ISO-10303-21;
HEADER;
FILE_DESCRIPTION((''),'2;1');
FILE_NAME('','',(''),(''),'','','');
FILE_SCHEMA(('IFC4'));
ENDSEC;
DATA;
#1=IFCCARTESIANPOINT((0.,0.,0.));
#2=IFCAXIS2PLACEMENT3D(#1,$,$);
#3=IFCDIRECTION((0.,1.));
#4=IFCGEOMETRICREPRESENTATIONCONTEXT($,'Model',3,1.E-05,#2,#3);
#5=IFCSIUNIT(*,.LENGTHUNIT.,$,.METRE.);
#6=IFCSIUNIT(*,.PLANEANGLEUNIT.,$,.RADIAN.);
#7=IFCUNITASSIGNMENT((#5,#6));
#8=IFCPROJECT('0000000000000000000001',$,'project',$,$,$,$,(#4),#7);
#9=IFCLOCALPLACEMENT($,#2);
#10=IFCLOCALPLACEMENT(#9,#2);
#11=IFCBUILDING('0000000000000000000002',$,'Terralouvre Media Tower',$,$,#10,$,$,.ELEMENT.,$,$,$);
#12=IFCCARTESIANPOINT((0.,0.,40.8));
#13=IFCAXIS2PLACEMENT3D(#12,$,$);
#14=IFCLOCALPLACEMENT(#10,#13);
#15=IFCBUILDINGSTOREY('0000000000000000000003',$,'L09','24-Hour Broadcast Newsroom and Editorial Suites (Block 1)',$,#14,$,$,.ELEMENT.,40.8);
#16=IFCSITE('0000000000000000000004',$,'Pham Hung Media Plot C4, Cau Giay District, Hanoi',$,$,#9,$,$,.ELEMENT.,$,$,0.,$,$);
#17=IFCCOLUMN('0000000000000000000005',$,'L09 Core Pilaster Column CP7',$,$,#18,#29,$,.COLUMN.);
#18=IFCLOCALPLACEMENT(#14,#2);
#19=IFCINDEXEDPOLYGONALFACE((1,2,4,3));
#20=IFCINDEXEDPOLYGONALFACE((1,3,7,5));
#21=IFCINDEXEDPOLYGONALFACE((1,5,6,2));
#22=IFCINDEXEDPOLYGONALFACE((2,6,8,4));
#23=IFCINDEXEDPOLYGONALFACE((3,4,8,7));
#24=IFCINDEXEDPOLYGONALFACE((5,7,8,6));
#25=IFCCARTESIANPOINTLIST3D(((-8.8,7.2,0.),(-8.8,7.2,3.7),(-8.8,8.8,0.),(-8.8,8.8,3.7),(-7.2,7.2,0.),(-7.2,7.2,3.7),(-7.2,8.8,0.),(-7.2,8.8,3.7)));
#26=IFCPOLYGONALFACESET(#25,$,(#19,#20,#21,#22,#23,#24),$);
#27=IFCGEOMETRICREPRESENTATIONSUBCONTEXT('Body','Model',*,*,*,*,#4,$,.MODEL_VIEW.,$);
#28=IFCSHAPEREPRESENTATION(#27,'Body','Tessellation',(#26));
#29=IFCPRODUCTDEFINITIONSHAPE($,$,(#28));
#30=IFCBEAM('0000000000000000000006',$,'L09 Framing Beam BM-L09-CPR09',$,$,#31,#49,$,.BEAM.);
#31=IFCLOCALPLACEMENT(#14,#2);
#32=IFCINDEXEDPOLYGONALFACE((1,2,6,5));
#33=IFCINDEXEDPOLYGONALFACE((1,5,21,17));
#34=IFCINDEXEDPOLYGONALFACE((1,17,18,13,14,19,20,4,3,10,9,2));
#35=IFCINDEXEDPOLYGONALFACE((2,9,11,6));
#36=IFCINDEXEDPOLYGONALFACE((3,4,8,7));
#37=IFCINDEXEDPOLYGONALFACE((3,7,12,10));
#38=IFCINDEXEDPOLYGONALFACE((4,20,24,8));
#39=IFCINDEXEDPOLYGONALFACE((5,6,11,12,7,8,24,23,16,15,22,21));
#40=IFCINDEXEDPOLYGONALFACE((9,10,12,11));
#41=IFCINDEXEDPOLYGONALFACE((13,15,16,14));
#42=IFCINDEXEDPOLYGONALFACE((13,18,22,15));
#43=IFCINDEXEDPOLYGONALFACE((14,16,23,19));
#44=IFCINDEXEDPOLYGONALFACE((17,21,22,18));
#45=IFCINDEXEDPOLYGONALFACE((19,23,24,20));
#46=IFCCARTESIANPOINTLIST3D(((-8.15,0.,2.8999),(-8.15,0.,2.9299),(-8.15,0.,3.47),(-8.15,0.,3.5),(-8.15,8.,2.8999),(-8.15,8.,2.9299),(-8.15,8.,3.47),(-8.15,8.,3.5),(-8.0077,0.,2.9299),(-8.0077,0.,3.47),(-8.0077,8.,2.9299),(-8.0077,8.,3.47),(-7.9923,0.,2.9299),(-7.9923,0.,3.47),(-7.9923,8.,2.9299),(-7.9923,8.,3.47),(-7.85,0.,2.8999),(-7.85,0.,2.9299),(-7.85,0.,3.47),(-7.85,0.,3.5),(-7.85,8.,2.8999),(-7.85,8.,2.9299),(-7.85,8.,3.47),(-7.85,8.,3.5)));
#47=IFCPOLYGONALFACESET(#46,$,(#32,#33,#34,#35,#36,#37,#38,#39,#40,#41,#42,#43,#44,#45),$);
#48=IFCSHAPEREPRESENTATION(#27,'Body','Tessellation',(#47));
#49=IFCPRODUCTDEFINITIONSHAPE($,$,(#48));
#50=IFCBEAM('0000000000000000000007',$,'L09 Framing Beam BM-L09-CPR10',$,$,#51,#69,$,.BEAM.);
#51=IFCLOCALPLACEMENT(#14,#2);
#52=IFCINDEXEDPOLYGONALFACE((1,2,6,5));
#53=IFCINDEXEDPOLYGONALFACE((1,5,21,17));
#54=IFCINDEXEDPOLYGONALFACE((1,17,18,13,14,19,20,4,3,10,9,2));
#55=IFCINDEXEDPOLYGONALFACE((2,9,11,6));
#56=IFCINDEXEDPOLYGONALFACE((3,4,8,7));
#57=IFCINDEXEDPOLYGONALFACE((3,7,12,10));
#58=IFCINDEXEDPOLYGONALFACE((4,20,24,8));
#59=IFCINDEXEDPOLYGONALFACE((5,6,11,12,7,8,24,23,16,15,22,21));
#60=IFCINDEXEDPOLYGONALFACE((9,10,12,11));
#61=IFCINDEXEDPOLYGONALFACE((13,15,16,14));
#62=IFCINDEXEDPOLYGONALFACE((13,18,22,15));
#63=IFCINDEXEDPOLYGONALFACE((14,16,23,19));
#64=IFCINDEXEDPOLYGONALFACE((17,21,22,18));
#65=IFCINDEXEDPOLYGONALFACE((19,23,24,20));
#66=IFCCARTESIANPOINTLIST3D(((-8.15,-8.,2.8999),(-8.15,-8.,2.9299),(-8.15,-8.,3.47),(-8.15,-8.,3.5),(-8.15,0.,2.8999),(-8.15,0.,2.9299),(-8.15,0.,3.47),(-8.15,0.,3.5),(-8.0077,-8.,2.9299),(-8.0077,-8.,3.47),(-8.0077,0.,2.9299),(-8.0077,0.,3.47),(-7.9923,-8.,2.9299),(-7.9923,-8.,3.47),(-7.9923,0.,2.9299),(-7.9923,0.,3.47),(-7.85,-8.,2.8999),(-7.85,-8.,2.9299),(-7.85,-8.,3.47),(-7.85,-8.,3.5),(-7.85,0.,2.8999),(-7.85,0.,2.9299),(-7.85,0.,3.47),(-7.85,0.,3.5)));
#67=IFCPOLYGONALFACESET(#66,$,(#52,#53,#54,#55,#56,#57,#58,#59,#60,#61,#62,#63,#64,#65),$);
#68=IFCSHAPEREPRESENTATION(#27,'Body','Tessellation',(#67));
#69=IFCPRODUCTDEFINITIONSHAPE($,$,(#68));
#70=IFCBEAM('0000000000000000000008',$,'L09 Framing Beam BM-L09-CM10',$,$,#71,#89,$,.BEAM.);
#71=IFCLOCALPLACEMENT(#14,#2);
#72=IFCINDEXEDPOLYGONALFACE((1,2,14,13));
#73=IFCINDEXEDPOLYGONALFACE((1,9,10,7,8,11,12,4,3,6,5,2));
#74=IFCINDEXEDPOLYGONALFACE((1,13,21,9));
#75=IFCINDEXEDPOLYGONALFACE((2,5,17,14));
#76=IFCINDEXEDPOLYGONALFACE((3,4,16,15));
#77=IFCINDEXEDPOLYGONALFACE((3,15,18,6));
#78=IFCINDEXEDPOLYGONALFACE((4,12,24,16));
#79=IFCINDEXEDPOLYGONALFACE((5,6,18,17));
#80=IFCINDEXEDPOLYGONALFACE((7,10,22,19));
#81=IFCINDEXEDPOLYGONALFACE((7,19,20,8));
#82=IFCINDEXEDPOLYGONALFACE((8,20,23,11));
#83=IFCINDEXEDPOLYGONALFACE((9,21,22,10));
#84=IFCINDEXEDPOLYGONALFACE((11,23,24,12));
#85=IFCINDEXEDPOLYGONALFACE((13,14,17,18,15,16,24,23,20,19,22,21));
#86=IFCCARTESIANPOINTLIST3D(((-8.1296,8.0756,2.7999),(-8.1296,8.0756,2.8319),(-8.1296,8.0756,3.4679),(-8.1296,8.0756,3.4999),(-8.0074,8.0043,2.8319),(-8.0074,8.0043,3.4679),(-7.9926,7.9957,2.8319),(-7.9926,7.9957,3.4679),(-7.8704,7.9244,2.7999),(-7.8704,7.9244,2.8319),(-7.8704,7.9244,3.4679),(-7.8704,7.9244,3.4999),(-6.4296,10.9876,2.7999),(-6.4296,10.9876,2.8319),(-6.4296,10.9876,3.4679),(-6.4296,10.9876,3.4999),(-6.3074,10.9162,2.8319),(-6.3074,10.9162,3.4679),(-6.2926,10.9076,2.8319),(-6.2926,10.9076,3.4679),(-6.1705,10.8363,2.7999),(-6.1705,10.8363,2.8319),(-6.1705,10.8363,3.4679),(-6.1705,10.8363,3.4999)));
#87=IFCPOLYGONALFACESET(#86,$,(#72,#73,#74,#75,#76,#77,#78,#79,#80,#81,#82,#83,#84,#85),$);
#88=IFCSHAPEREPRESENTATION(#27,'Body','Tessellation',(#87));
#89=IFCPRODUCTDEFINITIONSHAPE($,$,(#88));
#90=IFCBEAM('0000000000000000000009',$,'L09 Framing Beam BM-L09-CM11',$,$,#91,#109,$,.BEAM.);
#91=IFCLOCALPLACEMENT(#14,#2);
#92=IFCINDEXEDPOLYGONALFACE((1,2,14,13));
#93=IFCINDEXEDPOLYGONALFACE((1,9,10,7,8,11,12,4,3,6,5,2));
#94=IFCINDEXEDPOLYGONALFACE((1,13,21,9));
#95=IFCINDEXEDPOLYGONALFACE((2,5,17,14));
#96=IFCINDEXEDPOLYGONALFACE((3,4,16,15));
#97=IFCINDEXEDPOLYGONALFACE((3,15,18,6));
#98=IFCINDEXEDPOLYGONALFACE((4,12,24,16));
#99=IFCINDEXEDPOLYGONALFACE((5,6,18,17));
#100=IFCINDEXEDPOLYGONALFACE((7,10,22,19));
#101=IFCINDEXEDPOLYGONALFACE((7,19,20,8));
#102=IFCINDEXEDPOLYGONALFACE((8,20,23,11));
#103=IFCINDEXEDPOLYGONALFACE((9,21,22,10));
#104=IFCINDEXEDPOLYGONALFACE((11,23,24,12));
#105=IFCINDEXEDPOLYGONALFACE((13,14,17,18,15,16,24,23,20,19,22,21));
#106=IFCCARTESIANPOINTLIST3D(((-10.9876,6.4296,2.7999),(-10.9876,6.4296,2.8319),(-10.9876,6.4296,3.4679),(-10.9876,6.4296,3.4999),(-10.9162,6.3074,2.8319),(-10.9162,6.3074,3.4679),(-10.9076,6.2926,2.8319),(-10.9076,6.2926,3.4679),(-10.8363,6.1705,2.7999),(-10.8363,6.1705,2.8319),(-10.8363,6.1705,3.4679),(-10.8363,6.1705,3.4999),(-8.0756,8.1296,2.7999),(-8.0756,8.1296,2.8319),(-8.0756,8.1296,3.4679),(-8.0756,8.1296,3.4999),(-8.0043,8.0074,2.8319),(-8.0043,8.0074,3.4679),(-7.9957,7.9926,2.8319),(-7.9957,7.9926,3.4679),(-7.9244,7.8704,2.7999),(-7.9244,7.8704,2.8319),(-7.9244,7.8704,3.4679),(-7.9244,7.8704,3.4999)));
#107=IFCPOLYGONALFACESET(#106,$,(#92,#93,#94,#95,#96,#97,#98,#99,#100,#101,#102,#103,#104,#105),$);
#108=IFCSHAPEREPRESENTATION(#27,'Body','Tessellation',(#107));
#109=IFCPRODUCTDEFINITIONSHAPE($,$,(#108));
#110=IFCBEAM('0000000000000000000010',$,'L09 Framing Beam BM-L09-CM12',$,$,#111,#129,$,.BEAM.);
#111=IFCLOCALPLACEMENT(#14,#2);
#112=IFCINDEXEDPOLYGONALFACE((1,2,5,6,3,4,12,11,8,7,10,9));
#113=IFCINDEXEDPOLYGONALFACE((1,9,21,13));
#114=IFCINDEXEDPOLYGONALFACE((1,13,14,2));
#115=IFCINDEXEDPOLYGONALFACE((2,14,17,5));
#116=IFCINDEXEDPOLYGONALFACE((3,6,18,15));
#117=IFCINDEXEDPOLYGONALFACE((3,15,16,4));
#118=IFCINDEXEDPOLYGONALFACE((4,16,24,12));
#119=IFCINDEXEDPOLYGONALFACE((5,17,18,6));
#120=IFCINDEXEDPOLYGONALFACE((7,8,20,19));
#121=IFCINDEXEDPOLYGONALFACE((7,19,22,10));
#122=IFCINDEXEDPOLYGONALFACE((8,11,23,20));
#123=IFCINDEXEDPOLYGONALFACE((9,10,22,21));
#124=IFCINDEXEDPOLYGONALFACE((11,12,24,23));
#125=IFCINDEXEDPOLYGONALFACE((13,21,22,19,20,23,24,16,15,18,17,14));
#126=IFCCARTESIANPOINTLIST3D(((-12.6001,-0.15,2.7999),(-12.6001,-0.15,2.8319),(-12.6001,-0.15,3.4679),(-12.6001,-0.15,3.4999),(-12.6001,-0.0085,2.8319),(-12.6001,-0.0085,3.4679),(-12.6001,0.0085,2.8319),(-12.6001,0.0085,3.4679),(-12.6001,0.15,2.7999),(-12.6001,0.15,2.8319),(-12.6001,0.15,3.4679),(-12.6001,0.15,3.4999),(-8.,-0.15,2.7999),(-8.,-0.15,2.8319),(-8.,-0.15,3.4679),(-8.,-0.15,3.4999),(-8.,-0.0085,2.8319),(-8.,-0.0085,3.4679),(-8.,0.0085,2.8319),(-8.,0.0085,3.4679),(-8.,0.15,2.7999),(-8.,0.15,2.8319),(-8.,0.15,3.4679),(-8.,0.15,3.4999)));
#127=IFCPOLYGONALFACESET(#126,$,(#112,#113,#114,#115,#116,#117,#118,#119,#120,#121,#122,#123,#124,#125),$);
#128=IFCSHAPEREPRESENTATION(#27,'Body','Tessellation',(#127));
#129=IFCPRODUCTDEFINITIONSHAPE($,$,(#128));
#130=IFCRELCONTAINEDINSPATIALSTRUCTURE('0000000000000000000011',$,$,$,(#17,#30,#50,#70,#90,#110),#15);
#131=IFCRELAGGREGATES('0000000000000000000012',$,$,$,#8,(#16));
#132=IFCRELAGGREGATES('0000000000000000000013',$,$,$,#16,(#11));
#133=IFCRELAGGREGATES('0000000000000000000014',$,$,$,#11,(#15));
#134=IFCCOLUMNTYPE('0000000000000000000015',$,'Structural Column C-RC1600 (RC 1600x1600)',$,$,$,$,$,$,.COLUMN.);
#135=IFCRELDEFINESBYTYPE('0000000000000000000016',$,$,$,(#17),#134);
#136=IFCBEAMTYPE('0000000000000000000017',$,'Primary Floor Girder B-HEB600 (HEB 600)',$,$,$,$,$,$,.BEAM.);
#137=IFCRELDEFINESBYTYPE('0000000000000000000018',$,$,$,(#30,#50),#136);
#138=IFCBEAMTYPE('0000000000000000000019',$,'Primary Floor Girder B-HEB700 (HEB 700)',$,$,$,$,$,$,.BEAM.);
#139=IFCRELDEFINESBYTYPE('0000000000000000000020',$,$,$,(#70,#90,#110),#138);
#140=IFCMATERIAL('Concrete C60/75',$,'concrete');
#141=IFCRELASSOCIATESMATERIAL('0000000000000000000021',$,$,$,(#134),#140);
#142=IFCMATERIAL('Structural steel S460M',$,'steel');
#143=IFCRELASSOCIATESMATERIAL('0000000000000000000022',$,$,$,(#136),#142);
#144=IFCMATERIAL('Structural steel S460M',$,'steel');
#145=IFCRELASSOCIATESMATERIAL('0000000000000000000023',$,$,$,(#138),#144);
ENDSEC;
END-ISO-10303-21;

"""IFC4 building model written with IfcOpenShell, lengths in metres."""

from ifc_helpers import new_model, si_unit, direction, frame, origin, origin_2d, place, context, subcontext, project, spatial, rectangle, i_section, extrude, material, material_profile, profile_set, type_object, element, save


model = new_model("IFC4")

# Units and contexts
model_context = context("Model", 3, precision=1e-05, world=origin(), true_north=direction((0.0, 1.0)))
body_context = subcontext(model_context, "Body", "Model", "MODEL_VIEW")
ifc_project = project(units=[si_unit("LENGTHUNIT", "METRE"), si_unit("PLANEANGLEUNIT", "RADIAN")], contexts=[model_context])

# Site, building, storey
site_placement = place(None, origin())
site = spatial("IfcSite", under=ifc_project, at=site_placement, Name="Pham Hung Media Plot C4, Cau Giay District, Hanoi", CompositionType="ELEMENT", RefElevation=0.0)
building_placement = place(site_placement, origin())
building = spatial("IfcBuilding", under=site, at=building_placement, Name="Terralouvre Media Tower", CompositionType="ELEMENT")
storey_placement = place(building_placement, frame((0.0, 0.0, 40.8)))
storey = spatial("IfcBuildingStorey", under=building, at=storey_placement, Name="L09", Description="24-Hour Broadcast Newsroom and Editorial Suites (Block 1)", CompositionType="ELEMENT", Elevation=40.8)

# Column
ifc_material_1 = material(Name="Concrete C60/75", Category="concrete")
ifc_material_profile_1 = material_profile(ifc_material_1, rectangle(XDim=1.6001, YDim=1.6001, at=origin_2d()), Name="RC 1600x1600")
ifc_profile_set_1 = profile_set([ifc_material_profile_1], Name="Concrete C60/75")
column_type = type_object("IfcColumnType", Name="Structural Column C-RC1600 (RC 1600x1600)", PredefinedType="COLUMN", material=ifc_profile_set_1)
column_placement = place(storey_placement, frame((-8.0, 8.0, 0.0), z_axis=(0.0, 0.0, 1.0), x_axis=(1.0, 0.0, 0.0)))
element("IfcColumn", 1, at=column_placement, inside=storey, type_object=column_type, Name="L09 Core Pilaster Column CP7", PredefinedType="COLUMN", context=body_context, shape_type="SweptSolid", body=[
    extrude(rectangle(XDim=1.6001, YDim=1.6001, at=origin_2d()), origin(), (0.0, 0.0, 1.0), 3.7),
])

# Beams
ifc_material_2 = material(Name="Structural steel S460M", Category="steel")
ifc_material_profile_2 = material_profile(ifc_material_2, i_section(OverallWidth=0.3, OverallDepth=0.6001, WebThickness=0.0154, FlangeThickness=0.03, at=origin_2d()), Name="HEB 600")
ifc_profile_set_2 = profile_set([ifc_material_profile_2], Name="Structural steel S460M")
beam_type_1 = type_object("IfcBeamType", Name="Primary Floor Girder B-HEB600 (HEB 600)", PredefinedType="BEAM", material=ifc_profile_set_2)
for number, where, z_axis, x_axis, name in (
    (2, (-8.0, 8.0, 3.2), (0.0, -1.0, 0.0), (1.0, 0.0, 0.0), "L09 Framing Beam BM-L09-CPR09"),
    (3, (-8.0, 0.0, 3.2), (0.0, -1.0, 0.0), (1.0, 0.0, 0.0), "L09 Framing Beam BM-L09-CPR10"),
):
    element("IfcBeam", number, at=place(storey_placement, frame(where, z_axis=z_axis, x_axis=x_axis)), inside=storey, type_object=beam_type_1, Name=name, PredefinedType="BEAM", context=body_context, shape_type="SweptSolid", body=[
        extrude(i_section(OverallWidth=0.3, OverallDepth=0.6001, WebThickness=0.0154, FlangeThickness=0.03, at=origin_2d()), origin(), (0.0, 0.0, 1.0), 8.0),
    ])
ifc_material_3 = material(Name="Structural steel S460M", Category="steel")
ifc_material_profile_3 = material_profile(ifc_material_3, i_section(OverallWidth=0.3, OverallDepth=0.7, WebThickness=0.0171, FlangeThickness=0.032, at=origin_2d()), Name="HEB 700")
ifc_profile_set_3 = profile_set([ifc_material_profile_3], Name="Structural steel S460M")
beam_type_2 = type_object("IfcBeamType", Name="Primary Floor Girder B-HEB700 (HEB 700)", PredefinedType="BEAM", material=ifc_profile_set_3)
for number, where, z_axis, x_axis, name in (
    (4, (-8.0, 8.0, 3.1499), (0.504173, 0.863603, 0.0), (-0.863603, 0.504173, 0.0), "L09 Framing Beam BM-L09-CM10"),
    (5, (-8.0, 8.0, 3.1499), (-0.863603, -0.504173, 0.0), (0.504173, -0.863603, 0.0), "L09 Framing Beam BM-L09-CM11"),
):
    element("IfcBeam", number, at=place(storey_placement, frame(where, z_axis=z_axis, x_axis=x_axis)), inside=storey, type_object=beam_type_2, Name=name, PredefinedType="BEAM", context=body_context, shape_type="SweptSolid", body=[
        extrude(i_section(OverallWidth=0.3, OverallDepth=0.7, WebThickness=0.0171, FlangeThickness=0.032, at=origin_2d()), origin(), (0.0, 0.0, 1.0), 3.3718),
    ])
beam_placement = place(storey_placement, frame((-8.0, 0.0, 3.1499), z_axis=(-1.0, 0.0, 0.0), x_axis=(0.0, -1.0, 0.0)))
element("IfcBeam", 6, at=beam_placement, inside=storey, type_object=beam_type_2, Name="L09 Framing Beam BM-L09-CM12", PredefinedType="BEAM", context=body_context, shape_type="SweptSolid", body=[
    extrude(i_section(OverallWidth=0.3, OverallDepth=0.7, WebThickness=0.0171, FlangeThickness=0.032, at=origin_2d()), origin(), (0.0, 0.0, 1.0), 4.6001),
])

save(model, "model.ifc")
